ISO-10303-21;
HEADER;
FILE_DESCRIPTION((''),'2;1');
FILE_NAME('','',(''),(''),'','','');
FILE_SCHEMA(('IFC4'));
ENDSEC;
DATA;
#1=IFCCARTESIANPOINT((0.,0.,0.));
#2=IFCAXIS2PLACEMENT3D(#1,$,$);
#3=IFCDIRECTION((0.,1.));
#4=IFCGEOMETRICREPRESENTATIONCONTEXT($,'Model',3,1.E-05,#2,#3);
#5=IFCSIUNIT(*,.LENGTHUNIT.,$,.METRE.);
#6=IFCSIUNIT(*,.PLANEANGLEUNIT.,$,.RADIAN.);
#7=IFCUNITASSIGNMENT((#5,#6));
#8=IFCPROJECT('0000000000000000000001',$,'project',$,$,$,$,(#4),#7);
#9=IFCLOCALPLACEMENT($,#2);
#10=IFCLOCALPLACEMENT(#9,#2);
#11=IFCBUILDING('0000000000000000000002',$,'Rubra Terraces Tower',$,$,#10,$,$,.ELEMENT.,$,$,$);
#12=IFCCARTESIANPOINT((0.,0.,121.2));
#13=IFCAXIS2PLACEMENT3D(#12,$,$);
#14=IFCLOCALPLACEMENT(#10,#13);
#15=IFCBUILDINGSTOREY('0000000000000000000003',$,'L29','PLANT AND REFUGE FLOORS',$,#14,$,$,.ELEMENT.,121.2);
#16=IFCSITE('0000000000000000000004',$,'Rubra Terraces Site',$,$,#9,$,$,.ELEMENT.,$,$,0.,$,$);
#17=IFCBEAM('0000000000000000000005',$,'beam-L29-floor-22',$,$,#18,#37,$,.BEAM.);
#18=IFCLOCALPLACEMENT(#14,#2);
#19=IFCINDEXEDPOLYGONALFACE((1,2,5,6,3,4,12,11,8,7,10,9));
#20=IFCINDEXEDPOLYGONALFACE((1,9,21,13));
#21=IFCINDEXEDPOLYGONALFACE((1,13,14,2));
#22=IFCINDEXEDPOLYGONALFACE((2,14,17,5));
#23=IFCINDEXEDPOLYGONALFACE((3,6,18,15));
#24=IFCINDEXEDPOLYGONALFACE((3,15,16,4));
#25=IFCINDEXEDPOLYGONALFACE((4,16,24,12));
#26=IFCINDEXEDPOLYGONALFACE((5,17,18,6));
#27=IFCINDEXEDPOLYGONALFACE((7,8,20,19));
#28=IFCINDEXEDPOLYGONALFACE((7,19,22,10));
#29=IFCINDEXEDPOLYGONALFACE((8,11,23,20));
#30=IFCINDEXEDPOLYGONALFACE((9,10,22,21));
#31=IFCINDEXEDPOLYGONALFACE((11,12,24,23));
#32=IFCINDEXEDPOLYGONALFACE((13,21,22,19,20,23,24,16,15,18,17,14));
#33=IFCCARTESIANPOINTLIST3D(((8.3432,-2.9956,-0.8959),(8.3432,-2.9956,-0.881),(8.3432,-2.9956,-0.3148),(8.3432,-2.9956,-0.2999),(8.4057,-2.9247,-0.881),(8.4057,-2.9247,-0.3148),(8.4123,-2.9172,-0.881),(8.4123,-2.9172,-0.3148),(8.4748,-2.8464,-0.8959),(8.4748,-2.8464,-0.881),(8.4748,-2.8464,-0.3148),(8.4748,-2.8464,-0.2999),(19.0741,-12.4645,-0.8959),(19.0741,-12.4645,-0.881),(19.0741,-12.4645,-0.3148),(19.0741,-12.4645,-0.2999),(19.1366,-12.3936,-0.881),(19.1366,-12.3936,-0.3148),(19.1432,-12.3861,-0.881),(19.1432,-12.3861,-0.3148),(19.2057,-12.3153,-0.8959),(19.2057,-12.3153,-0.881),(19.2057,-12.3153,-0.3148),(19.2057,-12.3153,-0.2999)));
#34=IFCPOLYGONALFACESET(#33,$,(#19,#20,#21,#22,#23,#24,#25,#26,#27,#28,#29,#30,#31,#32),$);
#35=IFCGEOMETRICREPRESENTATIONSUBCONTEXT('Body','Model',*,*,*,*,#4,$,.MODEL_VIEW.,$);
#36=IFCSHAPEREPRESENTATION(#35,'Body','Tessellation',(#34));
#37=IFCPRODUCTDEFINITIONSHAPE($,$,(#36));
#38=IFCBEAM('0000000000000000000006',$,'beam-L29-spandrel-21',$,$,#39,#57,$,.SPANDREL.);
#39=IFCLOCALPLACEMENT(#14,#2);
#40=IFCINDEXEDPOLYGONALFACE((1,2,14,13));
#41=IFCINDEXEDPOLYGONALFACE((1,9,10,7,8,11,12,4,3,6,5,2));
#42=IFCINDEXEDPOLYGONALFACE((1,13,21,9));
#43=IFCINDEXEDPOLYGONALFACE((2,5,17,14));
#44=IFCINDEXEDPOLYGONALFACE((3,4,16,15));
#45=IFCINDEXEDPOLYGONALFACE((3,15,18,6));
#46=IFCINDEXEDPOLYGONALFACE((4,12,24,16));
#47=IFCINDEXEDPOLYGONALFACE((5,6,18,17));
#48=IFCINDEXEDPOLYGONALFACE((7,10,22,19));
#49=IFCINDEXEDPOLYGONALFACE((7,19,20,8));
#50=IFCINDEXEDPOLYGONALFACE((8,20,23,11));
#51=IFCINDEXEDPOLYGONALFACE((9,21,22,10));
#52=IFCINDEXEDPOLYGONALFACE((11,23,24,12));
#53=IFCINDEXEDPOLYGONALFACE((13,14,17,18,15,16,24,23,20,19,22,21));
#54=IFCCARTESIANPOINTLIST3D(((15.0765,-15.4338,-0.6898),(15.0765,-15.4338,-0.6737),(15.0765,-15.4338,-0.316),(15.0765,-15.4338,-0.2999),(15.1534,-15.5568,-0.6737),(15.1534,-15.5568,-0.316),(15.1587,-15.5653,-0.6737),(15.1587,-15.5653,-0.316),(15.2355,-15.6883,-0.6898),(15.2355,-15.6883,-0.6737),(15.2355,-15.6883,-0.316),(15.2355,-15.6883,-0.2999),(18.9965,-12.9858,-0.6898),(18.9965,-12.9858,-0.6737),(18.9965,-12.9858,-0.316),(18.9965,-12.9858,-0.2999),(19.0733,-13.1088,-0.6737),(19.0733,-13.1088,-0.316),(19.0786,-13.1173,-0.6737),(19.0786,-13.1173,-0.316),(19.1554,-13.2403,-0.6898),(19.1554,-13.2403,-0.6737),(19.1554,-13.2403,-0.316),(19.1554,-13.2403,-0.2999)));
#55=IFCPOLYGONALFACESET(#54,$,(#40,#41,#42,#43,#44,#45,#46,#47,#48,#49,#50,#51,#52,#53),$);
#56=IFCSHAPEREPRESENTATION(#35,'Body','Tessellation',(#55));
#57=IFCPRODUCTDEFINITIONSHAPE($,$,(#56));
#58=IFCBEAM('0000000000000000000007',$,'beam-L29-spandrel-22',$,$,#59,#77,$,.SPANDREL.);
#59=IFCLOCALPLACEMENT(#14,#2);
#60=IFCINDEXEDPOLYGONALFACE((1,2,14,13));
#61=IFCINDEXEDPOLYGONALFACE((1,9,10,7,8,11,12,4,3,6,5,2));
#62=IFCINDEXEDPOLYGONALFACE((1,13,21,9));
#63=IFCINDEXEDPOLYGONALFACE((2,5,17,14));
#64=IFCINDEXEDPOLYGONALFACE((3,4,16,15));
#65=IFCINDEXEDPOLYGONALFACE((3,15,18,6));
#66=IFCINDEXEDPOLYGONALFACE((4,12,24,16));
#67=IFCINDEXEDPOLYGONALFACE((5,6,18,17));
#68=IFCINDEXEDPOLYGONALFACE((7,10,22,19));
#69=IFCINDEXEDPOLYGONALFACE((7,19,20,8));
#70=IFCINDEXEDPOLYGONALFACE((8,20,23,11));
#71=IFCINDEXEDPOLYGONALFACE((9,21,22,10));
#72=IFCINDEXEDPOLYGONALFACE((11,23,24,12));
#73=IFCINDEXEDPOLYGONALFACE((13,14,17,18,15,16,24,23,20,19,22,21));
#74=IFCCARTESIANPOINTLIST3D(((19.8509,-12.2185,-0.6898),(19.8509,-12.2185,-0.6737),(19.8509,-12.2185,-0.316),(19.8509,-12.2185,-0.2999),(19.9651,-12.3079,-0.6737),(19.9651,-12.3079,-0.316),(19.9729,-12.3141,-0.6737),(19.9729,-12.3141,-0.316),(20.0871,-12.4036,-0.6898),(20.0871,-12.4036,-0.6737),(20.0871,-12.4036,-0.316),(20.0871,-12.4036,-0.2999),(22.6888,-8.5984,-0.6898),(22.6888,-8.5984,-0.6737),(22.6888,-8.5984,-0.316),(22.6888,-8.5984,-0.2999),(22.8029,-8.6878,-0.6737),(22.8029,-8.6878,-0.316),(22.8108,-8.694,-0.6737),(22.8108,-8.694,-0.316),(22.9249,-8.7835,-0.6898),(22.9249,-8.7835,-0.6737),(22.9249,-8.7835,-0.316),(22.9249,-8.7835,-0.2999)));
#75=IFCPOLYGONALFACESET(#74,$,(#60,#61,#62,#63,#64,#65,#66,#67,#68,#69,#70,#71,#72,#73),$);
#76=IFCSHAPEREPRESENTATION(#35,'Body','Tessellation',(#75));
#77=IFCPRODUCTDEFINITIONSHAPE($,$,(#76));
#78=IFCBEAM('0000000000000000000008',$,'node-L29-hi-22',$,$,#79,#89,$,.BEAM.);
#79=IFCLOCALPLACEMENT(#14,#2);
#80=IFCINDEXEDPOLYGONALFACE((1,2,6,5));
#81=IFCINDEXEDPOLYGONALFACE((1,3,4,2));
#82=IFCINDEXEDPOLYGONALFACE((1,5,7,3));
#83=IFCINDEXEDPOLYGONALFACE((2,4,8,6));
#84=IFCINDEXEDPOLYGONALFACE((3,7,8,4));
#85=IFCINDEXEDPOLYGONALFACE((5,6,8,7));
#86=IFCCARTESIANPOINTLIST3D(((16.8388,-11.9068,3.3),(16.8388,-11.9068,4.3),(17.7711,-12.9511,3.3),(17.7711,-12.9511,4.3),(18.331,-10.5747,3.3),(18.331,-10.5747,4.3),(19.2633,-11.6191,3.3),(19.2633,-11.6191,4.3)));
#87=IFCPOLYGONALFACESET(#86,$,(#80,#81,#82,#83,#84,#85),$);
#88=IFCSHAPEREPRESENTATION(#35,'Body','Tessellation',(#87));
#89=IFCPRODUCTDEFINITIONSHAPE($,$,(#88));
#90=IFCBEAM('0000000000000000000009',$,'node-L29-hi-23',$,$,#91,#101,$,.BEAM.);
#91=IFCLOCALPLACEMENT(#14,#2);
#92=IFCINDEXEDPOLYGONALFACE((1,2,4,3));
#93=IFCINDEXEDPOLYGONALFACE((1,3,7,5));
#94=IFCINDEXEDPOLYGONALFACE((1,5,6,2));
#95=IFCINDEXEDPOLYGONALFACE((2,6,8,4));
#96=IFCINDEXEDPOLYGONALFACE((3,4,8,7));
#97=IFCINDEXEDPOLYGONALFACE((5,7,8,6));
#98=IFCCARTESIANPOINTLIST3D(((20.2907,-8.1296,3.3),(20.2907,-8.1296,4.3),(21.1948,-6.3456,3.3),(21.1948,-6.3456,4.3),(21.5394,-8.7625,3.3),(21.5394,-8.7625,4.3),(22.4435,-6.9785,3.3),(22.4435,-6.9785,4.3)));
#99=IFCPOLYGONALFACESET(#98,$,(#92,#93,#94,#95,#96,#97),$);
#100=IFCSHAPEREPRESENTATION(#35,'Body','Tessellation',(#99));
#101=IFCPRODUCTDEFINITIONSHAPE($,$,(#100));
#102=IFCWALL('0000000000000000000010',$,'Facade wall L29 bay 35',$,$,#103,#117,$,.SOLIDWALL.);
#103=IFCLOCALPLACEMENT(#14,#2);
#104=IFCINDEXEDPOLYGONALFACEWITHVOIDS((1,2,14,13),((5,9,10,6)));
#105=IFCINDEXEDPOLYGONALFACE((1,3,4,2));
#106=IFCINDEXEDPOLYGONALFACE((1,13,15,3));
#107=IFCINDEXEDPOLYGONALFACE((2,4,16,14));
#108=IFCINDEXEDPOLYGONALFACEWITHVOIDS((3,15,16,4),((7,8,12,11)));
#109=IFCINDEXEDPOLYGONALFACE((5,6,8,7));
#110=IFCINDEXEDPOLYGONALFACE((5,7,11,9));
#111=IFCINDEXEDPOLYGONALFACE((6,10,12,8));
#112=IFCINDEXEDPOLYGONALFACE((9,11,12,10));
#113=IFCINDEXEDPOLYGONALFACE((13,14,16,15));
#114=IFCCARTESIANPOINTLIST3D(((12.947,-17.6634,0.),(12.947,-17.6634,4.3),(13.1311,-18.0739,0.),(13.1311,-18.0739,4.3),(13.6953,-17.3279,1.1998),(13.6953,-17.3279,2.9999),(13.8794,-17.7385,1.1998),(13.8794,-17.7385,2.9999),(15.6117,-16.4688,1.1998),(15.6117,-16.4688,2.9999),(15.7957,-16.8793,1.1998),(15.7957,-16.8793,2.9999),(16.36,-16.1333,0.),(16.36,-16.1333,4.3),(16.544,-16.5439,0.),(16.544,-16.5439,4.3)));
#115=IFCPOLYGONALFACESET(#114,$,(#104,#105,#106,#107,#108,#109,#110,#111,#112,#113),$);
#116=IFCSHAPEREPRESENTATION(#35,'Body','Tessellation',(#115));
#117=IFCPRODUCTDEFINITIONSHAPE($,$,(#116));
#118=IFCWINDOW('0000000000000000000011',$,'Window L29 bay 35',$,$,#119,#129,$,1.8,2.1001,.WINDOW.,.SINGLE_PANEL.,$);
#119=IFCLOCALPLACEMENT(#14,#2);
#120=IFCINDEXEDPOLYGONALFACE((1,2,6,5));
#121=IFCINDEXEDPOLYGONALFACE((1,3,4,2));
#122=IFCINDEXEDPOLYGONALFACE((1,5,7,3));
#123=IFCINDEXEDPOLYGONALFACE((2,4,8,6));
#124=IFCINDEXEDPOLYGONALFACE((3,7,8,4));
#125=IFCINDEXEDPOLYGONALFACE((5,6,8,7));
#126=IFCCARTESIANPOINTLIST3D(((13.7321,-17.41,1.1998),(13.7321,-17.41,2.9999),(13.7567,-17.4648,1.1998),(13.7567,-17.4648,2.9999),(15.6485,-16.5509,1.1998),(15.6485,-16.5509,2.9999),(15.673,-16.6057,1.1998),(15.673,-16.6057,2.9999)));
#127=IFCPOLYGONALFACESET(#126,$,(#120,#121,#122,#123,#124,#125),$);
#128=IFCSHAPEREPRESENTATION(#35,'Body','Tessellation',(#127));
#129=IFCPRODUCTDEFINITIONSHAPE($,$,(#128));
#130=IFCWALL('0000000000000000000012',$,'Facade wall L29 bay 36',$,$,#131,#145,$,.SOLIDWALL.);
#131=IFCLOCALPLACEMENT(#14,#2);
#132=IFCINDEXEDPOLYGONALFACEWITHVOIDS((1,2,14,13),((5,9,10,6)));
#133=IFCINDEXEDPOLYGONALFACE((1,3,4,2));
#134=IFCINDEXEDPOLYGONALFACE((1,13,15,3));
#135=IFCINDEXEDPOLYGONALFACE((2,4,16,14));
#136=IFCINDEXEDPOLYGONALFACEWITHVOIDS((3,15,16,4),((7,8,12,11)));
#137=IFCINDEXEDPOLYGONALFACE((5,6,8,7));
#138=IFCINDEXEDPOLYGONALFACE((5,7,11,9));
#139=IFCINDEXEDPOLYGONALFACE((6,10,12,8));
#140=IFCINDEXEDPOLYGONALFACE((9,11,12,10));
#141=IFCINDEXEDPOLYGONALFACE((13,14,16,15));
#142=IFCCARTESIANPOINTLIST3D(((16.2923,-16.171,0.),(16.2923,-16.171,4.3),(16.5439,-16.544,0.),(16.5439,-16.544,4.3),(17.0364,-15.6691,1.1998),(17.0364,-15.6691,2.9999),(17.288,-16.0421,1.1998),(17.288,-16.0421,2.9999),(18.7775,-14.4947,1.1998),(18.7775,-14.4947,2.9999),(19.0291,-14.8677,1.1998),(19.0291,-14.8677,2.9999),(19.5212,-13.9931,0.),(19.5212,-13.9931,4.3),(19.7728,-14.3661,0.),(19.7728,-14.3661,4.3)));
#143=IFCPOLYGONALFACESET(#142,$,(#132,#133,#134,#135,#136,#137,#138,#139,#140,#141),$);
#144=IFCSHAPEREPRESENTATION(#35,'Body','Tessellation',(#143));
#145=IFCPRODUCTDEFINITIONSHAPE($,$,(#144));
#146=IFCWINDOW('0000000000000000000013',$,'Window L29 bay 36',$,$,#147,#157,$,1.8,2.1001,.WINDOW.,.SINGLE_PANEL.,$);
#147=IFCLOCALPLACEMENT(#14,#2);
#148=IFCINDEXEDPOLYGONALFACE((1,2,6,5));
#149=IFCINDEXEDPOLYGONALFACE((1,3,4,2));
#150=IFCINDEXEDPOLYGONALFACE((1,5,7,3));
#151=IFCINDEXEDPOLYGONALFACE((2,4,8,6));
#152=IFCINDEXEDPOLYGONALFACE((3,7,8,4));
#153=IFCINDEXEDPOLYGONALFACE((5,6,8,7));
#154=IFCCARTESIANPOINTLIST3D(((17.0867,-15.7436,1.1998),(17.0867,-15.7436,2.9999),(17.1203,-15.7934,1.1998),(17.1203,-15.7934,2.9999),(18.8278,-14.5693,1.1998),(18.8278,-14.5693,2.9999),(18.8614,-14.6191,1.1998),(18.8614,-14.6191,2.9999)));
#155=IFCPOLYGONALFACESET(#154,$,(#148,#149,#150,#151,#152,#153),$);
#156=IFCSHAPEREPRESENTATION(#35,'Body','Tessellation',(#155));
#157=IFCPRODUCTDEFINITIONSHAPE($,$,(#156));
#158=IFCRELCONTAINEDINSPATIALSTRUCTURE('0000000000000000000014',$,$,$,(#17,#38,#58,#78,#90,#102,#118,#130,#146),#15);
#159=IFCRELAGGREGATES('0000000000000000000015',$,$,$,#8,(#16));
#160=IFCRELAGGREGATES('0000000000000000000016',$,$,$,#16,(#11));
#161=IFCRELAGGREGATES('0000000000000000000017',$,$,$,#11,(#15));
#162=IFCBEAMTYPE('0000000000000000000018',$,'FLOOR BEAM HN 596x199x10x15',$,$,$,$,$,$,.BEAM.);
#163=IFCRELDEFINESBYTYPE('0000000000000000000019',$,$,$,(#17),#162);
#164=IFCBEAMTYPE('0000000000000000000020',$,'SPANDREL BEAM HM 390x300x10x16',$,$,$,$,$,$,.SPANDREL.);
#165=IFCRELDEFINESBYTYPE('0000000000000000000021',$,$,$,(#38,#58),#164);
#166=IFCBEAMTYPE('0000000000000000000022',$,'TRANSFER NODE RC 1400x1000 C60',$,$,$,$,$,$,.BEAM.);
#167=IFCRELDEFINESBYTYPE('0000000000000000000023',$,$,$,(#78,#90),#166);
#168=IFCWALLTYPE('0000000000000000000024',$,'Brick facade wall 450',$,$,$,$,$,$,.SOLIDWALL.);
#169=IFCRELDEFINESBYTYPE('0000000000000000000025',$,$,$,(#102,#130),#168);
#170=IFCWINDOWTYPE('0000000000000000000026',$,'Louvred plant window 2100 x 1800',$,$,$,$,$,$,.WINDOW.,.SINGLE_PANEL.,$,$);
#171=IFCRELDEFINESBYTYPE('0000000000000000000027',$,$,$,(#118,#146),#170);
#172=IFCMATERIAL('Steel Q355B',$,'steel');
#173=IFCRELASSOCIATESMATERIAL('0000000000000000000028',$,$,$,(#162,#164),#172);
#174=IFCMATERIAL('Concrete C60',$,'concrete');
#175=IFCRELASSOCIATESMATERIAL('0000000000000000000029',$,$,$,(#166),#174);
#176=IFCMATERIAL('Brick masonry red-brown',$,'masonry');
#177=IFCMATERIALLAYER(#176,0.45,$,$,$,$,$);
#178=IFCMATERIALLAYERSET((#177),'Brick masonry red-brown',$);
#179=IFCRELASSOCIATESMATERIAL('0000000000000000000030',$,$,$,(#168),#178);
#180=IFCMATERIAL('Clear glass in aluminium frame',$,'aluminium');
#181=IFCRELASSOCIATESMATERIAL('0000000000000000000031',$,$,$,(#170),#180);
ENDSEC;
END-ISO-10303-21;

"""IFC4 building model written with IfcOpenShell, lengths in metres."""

from ifc_helpers import new_model, si_unit, direction, frame, frame_2d, origin, origin_2d, place, context, subcontext, project, spatial, rectangle, i_section, extrude, material, layer, layer_set, material_profile, profile_set, type_object, element, fill, save


model = new_model("IFC4")

# Units and contexts
model_context = context("Model", 3, precision=1e-05, world=origin(), true_north=direction((0.0, 1.0)))
body_context = subcontext(model_context, "Body", "Model", "MODEL_VIEW")
ifc_project = project(units=[si_unit("LENGTHUNIT", "METRE"), si_unit("PLANEANGLEUNIT", "RADIAN")], contexts=[model_context])

# Site, building, storey
site_placement = place(None, origin())
site = spatial("IfcSite", under=ifc_project, at=site_placement, Name="Rubra Terraces Site", CompositionType="ELEMENT", RefElevation=0.0)
building_placement = place(site_placement, origin())
building = spatial("IfcBuilding", under=site, at=building_placement, Name="Rubra Terraces Tower", CompositionType="ELEMENT")
storey_placement = place(building_placement, frame((0.0, 0.0, 121.2)))
storey = spatial("IfcBuildingStorey", under=building, at=storey_placement, Name="L29", Description="PLANT AND REFUGE FLOORS", CompositionType="ELEMENT", Elevation=121.2)

# Shared definitions
ifc_material_1 = material(Name="Concrete C60", Category="concrete")

# Shared definitions
ifc_material_2 = material(Name="Steel Q355B", Category="steel")

# Beams
ifc_material_profile_1 = material_profile(ifc_material_2, i_section(OverallWidth=0.199, OverallDepth=0.5959, WebThickness=0.01, FlangeThickness=0.0149, at=origin_2d()), Name="HN 596x199x10x15")
ifc_profile_set_1 = profile_set([ifc_material_profile_1], Name="Steel Q355B")
beam_type_1 = type_object("IfcBeamType", Name="FLOOR BEAM HN 596x199x10x15", PredefinedType="BEAM", material=ifc_profile_set_1)
beam_1_placement = place(storey_placement, frame((19.1399, -12.3899, -0.5979), z_axis=(-0.74982, 0.661641, 0.0), x_axis=(-0.661641, -0.74982, 0.0)))
element("IfcBeam", 1, at=beam_1_placement, inside=storey, type_object=beam_type_1, Name="beam-L29-floor-22", PredefinedType="BEAM", context=body_context, shape_type="SweptSolid", body=[
    extrude(i_section(OverallWidth=0.199, OverallDepth=0.5959, WebThickness=0.01, FlangeThickness=0.0149, at=origin_2d()), origin(), (0.0, 0.0, 1.0), 14.3113),
])
ifc_material_profile_2 = material_profile(ifc_material_2, i_section(OverallWidth=0.3, OverallDepth=0.3899, WebThickness=0.01, FlangeThickness=0.0161, at=origin_2d()), Name="HM 390x300x10x16")
ifc_profile_set_2 = profile_set([ifc_material_profile_2], Name="Steel Q355B")
beam_type_2 = type_object("IfcBeamType", Name="SPANDREL BEAM HM 390x300x10x16", PredefinedType="SPANDREL", material=ifc_profile_set_2)
beam_2_placement = place(storey_placement, frame((15.156, -15.561, -0.4949), z_axis=(0.848188, 0.529695, 0.0), x_axis=(-0.529695, 0.848188, 0.0)))
element("IfcBeam", 2, at=beam_2_placement, inside=storey, type_object=beam_type_2, Name="beam-L29-spandrel-21", PredefinedType="SPANDREL", context=body_context, shape_type="SweptSolid", body=[
    extrude(i_section(OverallWidth=0.3, OverallDepth=0.3899, WebThickness=0.01, FlangeThickness=0.0161, at=origin_2d()), origin(), (0.0, 0.0, 1.0), 4.6216),
])
beam_3_placement = place(storey_placement, frame((19.969, -12.311, -0.4949), z_axis=(0.616949, 0.787003, 0.0), x_axis=(-0.787003, 0.616949, 0.0)))
element("IfcBeam", 3, at=beam_3_placement, inside=storey, type_object=beam_type_2, Name="beam-L29-spandrel-22", PredefinedType="SPANDREL", context=body_context, shape_type="SweptSolid", body=[
    extrude(i_section(OverallWidth=0.3, OverallDepth=0.3899, WebThickness=0.01, FlangeThickness=0.0161, at=origin_2d()), origin(), (0.0, 0.0, 1.0), 4.5999),
])
ifc_material_profile_3 = material_profile(ifc_material_1, rectangle(XDim=1.3999, YDim=1.0, at=origin_2d()), Name="RC 1400x1000")
ifc_profile_set_3 = profile_set([ifc_material_profile_3], Name="Concrete C60")
beam_type_3 = type_object("IfcBeamType", Name="TRANSFER NODE RC 1400x1000 C60", PredefinedType="BEAM", material=ifc_profile_set_3)
beam_4_placement = place(storey_placement, frame((17.3049, -12.429, 3.8), z_axis=(0.746007, 0.665938, 0.0), x_axis=(-0.665938, 0.746007, 0.0)))
element("IfcBeam", 4, at=beam_4_placement, inside=storey, type_object=beam_type_3, Name="node-L29-hi-22", PredefinedType="BEAM", context=body_context, shape_type="SweptSolid", body=[
    extrude(rectangle(XDim=1.3999, YDim=1.0, at=origin_2d()), origin(), (0.0, 0.0, 1.0), 2.0002),
])
beam_5_placement = place(storey_placement, frame((20.915, -8.446, 3.8), z_axis=(0.452041, 0.891997, 0.0), x_axis=(-0.891997, 0.452041, 0.0)))
element("IfcBeam", 5, at=beam_5_placement, inside=storey, type_object=beam_type_3, Name="node-L29-hi-23", PredefinedType="BEAM", context=body_context, shape_type="SweptSolid", body=[
    extrude(rectangle(XDim=1.3999, YDim=1.0, at=origin_2d()), origin(), (0.0, 0.0, 1.0), 2.0),
])

# Walls, openings, windows
ifc_material_3 = material(Name="Brick masonry red-brown", Category="masonry")
ifc_layer_1 = layer(ifc_material_3, 0.45)
ifc_layer_set_1 = layer_set([ifc_layer_1], Name="Brick masonry red-brown")
wall_type_1 = type_object("IfcWallType", Name="Brick facade wall 450", PredefinedType="SOLIDWALL", material=ifc_layer_set_1)
wall_1_placement = place(storey_placement, frame((13.0391, -17.8687, 0.0), z_axis=(0.0, 0.0, 1.0), x_axis=(0.912496, 0.409086, 0.0)))
wall_1 = element("IfcWall", 6, at=wall_1_placement, inside=storey, type_object=wall_type_1, Name="Facade wall L29 bay 35", PredefinedType="SOLIDWALL", context=body_context, shape_type="SweptSolid", body=[
    extrude(rectangle(XDim=3.7402, YDim=0.45, at=frame_2d((1.8701, 0.0))), origin(), (0.0, 0.0, 1.0), 4.3),
])
opening_1_placement = place(wall_1_placement, frame((0.8201, 0.0, 1.2)))
opening_1 = element("IfcOpeningElement", 7, at=opening_1_placement, cuts=wall_1, PredefinedType="OPENING", context=body_context, shape_type="SweptSolid", body=[
    extrude(rectangle(XDim=2.1001, YDim=1.8, at=frame_2d((1.05, 0.8999))), frame((0.0, 0.2349, 0.0), z_axis=(0.0, -1.0, 0.0), x_axis=(1.0, 0.0, 0.0)), (0.0, 0.0, 1.0), 0.47),
])
ifc_material_4 = material(Name="Clear glass in aluminium frame", Category="aluminium")
window_type = type_object("IfcWindowType", Name="Louvred plant window 2100 x 1800", PartitioningType="SINGLE_PANEL", PredefinedType="WINDOW", material=ifc_material_4)
window_1_placement = place(opening_1_placement, origin())
window_1 = element("IfcWindow", 8, at=window_1_placement, inside=storey, type_object=window_type, Name="Window L29 bay 35", OverallHeight=1.8, OverallWidth=2.1001, PartitioningType="SINGLE_PANEL", PredefinedType="WINDOW", context=body_context, shape_type="SweptSolid", body=[
    extrude(rectangle(XDim=2.1001, YDim=1.8, at=frame_2d((1.05, 0.8999))), frame((0.0, 0.135, 0.0), z_axis=(0.0, -1.0, 0.0), x_axis=(1.0, 0.0, 0.0)), (0.0, 0.0, 1.0), 0.0601),
])
fill(opening_1, window_1)
wall_2_placement = place(storey_placement, frame((16.4182, -16.3574, 0.0), z_axis=(0.0, 0.0, 1.0), x_axis=(0.829039, 0.559191, 0.0)))
wall_2 = element("IfcWall", 9, at=wall_2_placement, inside=storey, type_object=wall_type_1, Name="Facade wall L29 bay 36", PredefinedType="SOLIDWALL", context=body_context, shape_type="SweptSolid", body=[
    extrude(rectangle(XDim=3.8948, YDim=0.45, at=frame_2d((1.9473, 0.0))), origin(), (0.0, 0.0, 1.0), 4.3),
])
opening_2_placement = place(wall_2_placement, frame((0.8975, 0.0, 1.2)))
opening_2 = element("IfcOpeningElement", 10, at=opening_2_placement, cuts=wall_2, PredefinedType="OPENING", context=body_context, shape_type="SweptSolid", body=[
    extrude(rectangle(XDim=2.1001, YDim=1.8, at=frame_2d((1.05, 0.8999))), frame((0.0, 0.2349, 0.0), z_axis=(0.0, -1.0, 0.0), x_axis=(1.0, 0.0, 0.0)), (0.0, 0.0, 1.0), 0.47),
])
window_2_placement = place(opening_2_placement, origin())
window_2 = element("IfcWindow", 11, at=window_2_placement, inside=storey, type_object=window_type, Name="Window L29 bay 36", OverallHeight=1.8, OverallWidth=2.1001, PartitioningType="SINGLE_PANEL", PredefinedType="WINDOW", context=body_context, shape_type="SweptSolid", body=[
    extrude(rectangle(XDim=2.1001, YDim=1.8, at=frame_2d((1.05, 0.8999))), frame((0.0, 0.135, 0.0), z_axis=(0.0, -1.0, 0.0), x_axis=(1.0, 0.0, 0.0)), (0.0, 0.0, 1.0), 0.0601),
])
fill(opening_2, window_2)

save(model, "model.ifc")
